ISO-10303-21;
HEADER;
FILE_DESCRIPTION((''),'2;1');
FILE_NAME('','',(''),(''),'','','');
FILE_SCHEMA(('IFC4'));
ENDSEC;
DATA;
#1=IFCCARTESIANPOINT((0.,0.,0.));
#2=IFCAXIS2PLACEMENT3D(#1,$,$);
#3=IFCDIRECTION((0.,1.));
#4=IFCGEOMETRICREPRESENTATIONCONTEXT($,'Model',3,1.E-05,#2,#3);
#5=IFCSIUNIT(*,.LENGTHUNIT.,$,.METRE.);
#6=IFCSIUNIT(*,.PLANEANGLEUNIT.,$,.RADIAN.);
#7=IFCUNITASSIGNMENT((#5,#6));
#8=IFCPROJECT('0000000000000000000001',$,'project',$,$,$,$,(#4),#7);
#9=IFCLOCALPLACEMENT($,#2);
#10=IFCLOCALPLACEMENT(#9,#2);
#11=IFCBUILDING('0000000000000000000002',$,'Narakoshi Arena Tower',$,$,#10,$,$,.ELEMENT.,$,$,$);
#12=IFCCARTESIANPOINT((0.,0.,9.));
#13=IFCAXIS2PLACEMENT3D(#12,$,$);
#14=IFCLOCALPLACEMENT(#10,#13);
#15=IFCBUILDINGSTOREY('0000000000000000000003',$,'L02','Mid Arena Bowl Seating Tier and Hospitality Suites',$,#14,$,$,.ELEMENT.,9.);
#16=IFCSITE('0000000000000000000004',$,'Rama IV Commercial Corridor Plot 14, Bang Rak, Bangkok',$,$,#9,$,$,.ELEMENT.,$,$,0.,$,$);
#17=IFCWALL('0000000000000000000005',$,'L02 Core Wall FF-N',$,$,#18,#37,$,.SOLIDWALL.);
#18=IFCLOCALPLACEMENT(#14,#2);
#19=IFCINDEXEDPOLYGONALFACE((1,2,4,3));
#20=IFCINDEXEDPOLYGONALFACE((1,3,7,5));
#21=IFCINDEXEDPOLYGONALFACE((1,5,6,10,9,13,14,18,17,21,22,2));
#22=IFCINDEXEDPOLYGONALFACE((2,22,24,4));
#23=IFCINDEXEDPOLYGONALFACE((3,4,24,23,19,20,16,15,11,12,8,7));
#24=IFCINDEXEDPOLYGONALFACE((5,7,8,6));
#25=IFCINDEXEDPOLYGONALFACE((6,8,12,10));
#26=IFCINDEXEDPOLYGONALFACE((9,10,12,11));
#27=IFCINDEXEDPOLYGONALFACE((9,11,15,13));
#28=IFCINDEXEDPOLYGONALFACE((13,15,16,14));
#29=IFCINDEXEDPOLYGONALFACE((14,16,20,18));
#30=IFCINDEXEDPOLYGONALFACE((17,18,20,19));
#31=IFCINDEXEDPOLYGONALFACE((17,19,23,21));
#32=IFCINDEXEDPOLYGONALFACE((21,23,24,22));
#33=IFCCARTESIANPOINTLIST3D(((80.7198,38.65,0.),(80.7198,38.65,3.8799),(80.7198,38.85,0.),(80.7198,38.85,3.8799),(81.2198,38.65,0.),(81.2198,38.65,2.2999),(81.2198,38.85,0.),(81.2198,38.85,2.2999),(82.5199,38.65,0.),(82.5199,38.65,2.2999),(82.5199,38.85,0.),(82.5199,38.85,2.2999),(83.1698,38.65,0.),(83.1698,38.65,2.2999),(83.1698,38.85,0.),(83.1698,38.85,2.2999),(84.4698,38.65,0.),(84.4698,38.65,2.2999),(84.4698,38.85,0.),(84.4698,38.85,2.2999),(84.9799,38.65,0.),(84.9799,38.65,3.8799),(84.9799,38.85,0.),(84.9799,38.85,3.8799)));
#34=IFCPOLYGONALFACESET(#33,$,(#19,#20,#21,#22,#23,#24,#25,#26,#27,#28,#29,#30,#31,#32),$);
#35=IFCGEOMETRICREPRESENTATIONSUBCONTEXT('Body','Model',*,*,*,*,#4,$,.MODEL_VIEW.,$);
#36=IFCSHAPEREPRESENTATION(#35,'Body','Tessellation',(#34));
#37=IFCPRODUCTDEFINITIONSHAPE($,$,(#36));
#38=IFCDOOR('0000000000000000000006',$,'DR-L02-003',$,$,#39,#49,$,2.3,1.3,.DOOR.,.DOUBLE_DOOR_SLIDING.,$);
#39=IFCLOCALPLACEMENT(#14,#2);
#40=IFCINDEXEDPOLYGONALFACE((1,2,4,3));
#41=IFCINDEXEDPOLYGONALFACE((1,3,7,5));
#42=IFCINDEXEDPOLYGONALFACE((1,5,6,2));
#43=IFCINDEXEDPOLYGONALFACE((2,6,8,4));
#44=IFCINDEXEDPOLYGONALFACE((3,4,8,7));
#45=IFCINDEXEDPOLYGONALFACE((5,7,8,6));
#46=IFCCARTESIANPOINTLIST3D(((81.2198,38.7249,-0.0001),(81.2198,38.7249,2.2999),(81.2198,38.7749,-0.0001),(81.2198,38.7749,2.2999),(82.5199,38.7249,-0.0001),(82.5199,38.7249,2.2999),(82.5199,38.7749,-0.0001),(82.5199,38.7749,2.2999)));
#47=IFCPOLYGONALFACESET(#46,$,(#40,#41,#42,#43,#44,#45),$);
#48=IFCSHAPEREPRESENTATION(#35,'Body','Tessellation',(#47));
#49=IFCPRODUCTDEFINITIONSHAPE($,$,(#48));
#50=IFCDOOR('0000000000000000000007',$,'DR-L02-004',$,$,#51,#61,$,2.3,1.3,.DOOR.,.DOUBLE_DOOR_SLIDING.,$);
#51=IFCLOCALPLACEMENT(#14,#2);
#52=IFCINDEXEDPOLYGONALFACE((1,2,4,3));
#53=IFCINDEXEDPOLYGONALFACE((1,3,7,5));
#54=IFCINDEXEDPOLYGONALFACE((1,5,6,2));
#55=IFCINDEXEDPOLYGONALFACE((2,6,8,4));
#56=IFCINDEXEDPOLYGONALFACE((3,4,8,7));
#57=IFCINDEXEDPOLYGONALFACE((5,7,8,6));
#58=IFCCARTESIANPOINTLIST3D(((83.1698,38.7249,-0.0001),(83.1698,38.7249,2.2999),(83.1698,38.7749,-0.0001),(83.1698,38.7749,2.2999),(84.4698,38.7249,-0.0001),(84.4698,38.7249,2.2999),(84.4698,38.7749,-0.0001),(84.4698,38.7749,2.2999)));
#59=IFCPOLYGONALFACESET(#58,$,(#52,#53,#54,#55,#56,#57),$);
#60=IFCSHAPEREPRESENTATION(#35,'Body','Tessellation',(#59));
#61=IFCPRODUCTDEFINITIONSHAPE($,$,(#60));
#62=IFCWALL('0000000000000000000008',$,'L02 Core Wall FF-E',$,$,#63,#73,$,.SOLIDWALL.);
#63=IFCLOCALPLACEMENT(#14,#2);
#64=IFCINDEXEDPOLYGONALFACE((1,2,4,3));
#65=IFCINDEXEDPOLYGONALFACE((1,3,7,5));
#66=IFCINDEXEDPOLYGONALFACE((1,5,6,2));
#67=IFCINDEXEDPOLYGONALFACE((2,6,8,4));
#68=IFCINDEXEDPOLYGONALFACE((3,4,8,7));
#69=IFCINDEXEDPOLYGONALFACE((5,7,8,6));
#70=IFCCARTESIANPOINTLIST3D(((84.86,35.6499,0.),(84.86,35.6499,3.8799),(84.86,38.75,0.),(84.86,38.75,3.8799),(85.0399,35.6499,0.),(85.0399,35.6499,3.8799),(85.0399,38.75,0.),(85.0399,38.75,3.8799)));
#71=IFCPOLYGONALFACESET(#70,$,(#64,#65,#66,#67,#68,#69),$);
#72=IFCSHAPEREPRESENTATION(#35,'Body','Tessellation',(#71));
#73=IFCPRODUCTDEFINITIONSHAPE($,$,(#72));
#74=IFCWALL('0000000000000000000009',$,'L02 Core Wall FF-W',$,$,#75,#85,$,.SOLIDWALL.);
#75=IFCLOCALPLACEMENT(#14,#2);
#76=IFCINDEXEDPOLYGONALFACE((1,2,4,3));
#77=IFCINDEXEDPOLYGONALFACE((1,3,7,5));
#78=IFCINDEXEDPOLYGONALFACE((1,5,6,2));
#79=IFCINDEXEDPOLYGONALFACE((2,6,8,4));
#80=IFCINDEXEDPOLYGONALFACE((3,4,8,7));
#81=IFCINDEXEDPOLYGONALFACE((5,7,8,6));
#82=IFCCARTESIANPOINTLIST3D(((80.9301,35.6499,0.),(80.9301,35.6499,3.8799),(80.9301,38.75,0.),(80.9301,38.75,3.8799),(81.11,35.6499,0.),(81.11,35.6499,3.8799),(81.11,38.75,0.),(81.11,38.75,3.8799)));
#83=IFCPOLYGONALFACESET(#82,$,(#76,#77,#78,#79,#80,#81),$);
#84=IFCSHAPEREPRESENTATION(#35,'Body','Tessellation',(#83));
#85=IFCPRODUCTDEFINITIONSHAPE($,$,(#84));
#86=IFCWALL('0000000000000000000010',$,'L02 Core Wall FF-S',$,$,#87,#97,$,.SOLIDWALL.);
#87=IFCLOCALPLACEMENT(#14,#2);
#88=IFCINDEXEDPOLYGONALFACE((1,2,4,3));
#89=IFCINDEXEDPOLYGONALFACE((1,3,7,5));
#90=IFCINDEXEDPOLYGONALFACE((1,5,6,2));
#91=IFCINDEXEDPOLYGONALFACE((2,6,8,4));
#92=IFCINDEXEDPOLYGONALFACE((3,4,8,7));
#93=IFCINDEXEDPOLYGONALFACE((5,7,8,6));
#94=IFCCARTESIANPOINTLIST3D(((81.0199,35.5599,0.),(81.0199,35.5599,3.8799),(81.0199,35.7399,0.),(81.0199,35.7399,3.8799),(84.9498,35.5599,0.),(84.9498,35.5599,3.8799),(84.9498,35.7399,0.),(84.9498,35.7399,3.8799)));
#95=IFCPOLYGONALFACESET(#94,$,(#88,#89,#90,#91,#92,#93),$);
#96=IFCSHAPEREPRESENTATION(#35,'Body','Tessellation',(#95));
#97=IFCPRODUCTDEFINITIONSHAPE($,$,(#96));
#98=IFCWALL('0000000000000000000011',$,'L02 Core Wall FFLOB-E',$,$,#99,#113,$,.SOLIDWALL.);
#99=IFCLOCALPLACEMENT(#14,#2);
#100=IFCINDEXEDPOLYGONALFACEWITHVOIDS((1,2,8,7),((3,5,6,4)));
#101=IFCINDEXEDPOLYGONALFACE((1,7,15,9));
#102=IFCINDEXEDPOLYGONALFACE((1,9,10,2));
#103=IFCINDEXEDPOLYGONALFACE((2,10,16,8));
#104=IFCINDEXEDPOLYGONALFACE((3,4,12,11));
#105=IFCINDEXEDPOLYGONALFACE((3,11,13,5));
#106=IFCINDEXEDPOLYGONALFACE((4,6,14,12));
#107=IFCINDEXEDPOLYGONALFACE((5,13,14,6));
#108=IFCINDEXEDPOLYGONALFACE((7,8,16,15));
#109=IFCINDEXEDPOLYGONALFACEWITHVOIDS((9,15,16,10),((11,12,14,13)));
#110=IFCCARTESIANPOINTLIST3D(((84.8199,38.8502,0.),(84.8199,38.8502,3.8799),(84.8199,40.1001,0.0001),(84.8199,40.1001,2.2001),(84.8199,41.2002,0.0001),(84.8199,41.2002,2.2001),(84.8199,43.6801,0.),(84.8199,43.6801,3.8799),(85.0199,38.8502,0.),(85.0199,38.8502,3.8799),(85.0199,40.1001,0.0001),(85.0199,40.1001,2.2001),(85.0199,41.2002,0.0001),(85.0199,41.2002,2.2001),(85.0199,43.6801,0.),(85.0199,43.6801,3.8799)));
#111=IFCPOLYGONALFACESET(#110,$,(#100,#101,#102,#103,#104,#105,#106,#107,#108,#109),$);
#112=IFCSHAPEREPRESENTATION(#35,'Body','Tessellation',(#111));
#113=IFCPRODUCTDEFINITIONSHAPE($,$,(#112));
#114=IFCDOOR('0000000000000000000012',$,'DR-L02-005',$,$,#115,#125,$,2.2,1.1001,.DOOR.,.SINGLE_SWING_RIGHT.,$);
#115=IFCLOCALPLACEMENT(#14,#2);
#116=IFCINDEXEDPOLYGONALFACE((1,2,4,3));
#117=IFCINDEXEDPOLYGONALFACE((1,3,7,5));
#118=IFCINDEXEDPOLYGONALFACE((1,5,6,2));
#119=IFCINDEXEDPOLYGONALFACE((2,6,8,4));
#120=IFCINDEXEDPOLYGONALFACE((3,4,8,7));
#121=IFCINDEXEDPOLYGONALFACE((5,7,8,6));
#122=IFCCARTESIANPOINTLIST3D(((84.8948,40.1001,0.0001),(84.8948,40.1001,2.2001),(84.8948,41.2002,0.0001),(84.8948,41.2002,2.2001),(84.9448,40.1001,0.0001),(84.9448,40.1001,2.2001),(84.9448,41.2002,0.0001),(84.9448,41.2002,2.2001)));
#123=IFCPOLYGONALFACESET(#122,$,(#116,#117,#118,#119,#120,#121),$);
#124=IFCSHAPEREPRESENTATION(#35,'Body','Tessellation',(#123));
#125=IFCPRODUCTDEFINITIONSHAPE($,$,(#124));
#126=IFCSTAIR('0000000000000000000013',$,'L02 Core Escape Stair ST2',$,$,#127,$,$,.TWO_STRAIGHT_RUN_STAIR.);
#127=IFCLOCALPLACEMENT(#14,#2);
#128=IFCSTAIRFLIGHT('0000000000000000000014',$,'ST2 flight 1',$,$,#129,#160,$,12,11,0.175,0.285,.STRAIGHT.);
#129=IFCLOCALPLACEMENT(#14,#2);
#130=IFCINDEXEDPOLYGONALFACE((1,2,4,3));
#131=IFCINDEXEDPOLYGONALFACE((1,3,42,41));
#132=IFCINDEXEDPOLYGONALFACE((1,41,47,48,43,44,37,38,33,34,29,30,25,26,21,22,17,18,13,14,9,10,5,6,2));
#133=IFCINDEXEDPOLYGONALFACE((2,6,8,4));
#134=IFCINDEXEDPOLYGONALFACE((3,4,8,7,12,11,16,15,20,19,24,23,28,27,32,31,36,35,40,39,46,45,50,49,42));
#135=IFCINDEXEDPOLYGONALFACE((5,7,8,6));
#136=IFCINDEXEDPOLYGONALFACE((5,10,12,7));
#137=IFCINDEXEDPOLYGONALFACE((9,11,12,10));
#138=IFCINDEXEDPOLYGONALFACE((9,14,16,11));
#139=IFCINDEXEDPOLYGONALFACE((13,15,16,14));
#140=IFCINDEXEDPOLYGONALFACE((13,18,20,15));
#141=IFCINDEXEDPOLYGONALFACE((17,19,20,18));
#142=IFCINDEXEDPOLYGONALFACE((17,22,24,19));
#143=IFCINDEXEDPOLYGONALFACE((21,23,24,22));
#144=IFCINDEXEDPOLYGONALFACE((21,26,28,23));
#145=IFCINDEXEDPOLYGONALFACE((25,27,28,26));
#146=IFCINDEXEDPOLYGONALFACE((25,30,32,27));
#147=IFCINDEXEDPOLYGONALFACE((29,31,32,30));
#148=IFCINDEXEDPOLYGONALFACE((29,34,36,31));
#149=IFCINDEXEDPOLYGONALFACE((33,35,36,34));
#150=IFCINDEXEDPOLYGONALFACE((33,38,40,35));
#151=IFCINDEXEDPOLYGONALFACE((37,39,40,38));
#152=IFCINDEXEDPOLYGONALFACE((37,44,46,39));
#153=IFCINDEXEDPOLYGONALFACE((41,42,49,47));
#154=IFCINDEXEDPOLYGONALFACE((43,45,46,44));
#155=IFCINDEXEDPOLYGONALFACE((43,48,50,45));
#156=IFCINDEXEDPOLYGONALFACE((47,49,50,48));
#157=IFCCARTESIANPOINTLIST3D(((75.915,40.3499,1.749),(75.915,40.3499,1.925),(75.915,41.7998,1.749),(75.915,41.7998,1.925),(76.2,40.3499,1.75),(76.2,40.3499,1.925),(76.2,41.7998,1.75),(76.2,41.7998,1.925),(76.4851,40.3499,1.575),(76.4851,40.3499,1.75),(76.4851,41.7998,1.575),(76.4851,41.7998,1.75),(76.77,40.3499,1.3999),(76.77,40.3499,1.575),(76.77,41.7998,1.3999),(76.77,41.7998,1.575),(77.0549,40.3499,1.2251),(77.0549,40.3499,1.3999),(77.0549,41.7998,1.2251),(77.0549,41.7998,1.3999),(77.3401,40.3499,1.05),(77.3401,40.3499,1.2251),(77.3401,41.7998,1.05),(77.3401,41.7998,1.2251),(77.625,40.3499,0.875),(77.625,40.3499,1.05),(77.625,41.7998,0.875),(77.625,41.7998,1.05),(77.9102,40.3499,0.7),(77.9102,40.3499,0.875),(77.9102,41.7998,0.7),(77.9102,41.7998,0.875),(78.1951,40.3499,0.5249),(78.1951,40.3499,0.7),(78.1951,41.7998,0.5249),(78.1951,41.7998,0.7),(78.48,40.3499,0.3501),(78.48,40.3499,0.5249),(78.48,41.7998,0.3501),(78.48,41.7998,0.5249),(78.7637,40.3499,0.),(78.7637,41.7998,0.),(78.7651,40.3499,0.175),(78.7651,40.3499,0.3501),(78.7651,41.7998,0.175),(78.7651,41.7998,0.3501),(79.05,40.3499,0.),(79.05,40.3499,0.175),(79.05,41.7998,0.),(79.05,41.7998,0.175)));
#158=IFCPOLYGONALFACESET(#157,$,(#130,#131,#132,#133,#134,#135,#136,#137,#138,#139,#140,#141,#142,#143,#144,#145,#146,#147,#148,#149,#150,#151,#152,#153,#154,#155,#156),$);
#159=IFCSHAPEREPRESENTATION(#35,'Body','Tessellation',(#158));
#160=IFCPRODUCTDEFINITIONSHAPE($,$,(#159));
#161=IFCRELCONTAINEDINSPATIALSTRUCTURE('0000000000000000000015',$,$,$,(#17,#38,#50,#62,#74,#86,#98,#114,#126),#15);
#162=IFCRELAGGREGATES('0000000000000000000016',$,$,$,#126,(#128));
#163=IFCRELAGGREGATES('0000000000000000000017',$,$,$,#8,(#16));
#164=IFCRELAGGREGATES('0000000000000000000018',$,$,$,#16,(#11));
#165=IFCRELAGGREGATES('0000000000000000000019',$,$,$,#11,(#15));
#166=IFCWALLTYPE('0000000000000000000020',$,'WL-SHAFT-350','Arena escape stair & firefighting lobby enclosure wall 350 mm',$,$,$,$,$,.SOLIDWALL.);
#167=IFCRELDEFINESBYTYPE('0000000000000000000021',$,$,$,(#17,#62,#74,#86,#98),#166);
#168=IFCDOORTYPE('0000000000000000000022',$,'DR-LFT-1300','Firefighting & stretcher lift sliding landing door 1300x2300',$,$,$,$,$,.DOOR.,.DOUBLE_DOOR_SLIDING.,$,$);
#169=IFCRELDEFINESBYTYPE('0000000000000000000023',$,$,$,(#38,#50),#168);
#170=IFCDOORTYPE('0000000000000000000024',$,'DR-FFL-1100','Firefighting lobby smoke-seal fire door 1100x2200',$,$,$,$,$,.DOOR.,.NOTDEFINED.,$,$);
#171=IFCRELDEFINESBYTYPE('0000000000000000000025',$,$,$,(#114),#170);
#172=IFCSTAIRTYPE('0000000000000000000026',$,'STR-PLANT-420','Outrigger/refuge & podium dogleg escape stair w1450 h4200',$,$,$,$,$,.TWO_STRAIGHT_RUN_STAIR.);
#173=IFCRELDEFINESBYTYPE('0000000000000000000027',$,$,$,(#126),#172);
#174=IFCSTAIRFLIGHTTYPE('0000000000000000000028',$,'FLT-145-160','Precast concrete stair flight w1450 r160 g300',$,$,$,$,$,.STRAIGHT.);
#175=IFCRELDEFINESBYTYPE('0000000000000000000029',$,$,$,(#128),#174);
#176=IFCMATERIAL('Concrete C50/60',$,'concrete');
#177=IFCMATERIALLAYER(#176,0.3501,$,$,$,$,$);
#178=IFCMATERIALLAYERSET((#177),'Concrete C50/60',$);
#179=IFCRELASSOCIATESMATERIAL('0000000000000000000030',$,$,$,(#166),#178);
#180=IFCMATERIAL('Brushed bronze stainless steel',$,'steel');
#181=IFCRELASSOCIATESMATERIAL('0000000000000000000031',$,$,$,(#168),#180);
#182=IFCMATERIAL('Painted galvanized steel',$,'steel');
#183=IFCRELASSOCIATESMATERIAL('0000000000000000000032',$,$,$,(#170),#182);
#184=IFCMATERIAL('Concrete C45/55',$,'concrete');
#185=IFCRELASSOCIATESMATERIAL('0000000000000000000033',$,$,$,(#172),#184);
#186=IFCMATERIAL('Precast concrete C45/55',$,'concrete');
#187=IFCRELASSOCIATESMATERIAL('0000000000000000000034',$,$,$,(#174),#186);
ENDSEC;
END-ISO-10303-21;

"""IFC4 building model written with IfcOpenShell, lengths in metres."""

from ifc_helpers import new_model, si_unit, direction, frame, frame_2d, origin, place, context, subcontext, project, spatial, polyline, rectangle, outline, extrude, material, layer, layer_set, type_object, element, fill, aggregate, save


model = new_model("IFC4")

# Units and contexts
model_context = context("Model", 3, precision=1e-05, world=origin(), true_north=direction((0.0, 1.0)))
body_context = subcontext(model_context, "Body", "Model", "MODEL_VIEW")
ifc_project = project(units=[si_unit("LENGTHUNIT", "METRE"), si_unit("PLANEANGLEUNIT", "RADIAN")], contexts=[model_context])

# Site, building, storey
site_placement = place(None, origin())
site = spatial("IfcSite", under=ifc_project, at=site_placement, Name="Rama IV Commercial Corridor Plot 14, Bang Rak, Bangkok", CompositionType="ELEMENT", RefElevation=0.0)
building_placement = place(site_placement, origin())
building = spatial("IfcBuilding", under=site, at=building_placement, Name="Narakoshi Arena Tower", CompositionType="ELEMENT")
storey_placement = place(building_placement, frame((0.0, 0.0, 9.0)))
storey = spatial("IfcBuildingStorey", under=building, at=storey_placement, Name="L02", Description="Mid Arena Bowl Seating Tier and Hospitality Suites", CompositionType="ELEMENT", Elevation=9.0)

# Shared definitions
ifc_material_1 = material(Name="Concrete C50/60", Category="concrete")
ifc_layer_1 = layer(ifc_material_1, 0.3501)
ifc_layer_set_1 = layer_set([ifc_layer_1], Name="Concrete C50/60")
wall_type_1 = type_object("IfcWallType", Name="WL-SHAFT-350", Description="Arena escape stair & firefighting lobby enclosure wall 350 mm", PredefinedType="SOLIDWALL", material=ifc_layer_set_1)

# Shared definitions
ifc_material_2 = material(Name="Painted galvanized steel", Category="steel")

# Wall, openings, doors
wall_1_placement = place(storey_placement, frame((80.72, 38.75, 0.0), z_axis=(0.0, 0.0, 1.0), x_axis=(1.0, 0.0, 0.0)))
wall_1 = element("IfcWall", 1, at=wall_1_placement, inside=storey, type_object=wall_type_1, Name="L02 Core Wall FF-N", PredefinedType="SOLIDWALL", context=body_context, shape_type="SweptSolid", body=[
    extrude(rectangle(XDim=4.26, YDim=0.2, at=frame_2d((2.1299, 0.0))), origin(), (0.0, 0.0, 1.0), 3.8799),
])
opening_1_placement = place(wall_1_placement, frame((0.5, 0.0, 0.0)))
opening_1 = element("IfcOpeningElement", 2, at=opening_1_placement, cuts=wall_1, PredefinedType="OPENING", context=body_context, shape_type="SweptSolid", body=[
    extrude(rectangle(XDim=1.3, YDim=2.3, at=frame_2d((0.6499, 1.1499))), frame((0.0, 0.1099, 0.0), z_axis=(0.0, -1.0, 0.0), x_axis=(1.0, 0.0, 0.0)), (0.0, 0.0, 1.0), 0.22),
])
opening_2_placement = place(wall_1_placement, frame((2.45, 0.0, 0.0)))
opening_2 = element("IfcOpeningElement", 3, at=opening_2_placement, cuts=wall_1, PredefinedType="OPENING", context=body_context, shape_type="SweptSolid", body=[
    extrude(rectangle(XDim=1.3, YDim=2.3, at=frame_2d((0.6499, 1.1499))), frame((0.0, 0.1099, 0.0), z_axis=(0.0, -1.0, 0.0), x_axis=(1.0, 0.0, 0.0)), (0.0, 0.0, 1.0), 0.22),
])
ifc_material_3 = material(Name="Brushed bronze stainless steel", Category="steel")
door_type_1 = type_object("IfcDoorType", Name="DR-LFT-1300", Description="Firefighting & stretcher lift sliding landing door 1300x2300", OperationType="DOUBLE_DOOR_SLIDING", PredefinedType="DOOR", material=ifc_material_3)
door_1_placement = place(opening_1_placement, origin())
door_1 = element("IfcDoor", 4, at=door_1_placement, inside=storey, type_object=door_type_1, Name="DR-L02-003", OperationType="DOUBLE_DOOR_SLIDING", OverallHeight=2.3, OverallWidth=1.3, PredefinedType="DOOR", context=body_context, shape_type="SweptSolid", body=[
    extrude(rectangle(XDim=1.3, YDim=2.3, at=frame_2d((0.6499, 1.1499))), frame((0.0, 0.0249, 0.0), z_axis=(0.0, -1.0, 0.0), x_axis=(1.0, 0.0, 0.0)), (0.0, 0.0, 1.0), 0.05),
])
fill(opening_1, door_1)
door_2_placement = place(opening_2_placement, origin())
door_2 = element("IfcDoor", 5, at=door_2_placement, inside=storey, type_object=door_type_1, Name="DR-L02-004", OperationType="DOUBLE_DOOR_SLIDING", OverallHeight=2.3, OverallWidth=1.3, PredefinedType="DOOR", context=body_context, shape_type="SweptSolid", body=[
    extrude(rectangle(XDim=1.3, YDim=2.3, at=frame_2d((0.6499, 1.1499))), frame((0.0, 0.0249, 0.0), z_axis=(0.0, -1.0, 0.0), x_axis=(1.0, 0.0, 0.0)), (0.0, 0.0, 1.0), 0.05),
])
fill(opening_2, door_2)

# Walls
for number, where, z_axis, x_axis, name in (
    (6, (84.95, 35.6499, 0.0), (0.0, 0.0, 1.0), (0.0, 1.0, 0.0), "L02 Core Wall FF-E"),
    (7, (81.02, 35.6499, 0.0), (0.0, 0.0, 1.0), (0.0, 1.0, 0.0), "L02 Core Wall FF-W"),
):
    element("IfcWall", number, at=place(storey_placement, frame(where, z_axis=z_axis, x_axis=x_axis)), inside=storey, type_object=wall_type_1, Name=name, PredefinedType="SOLIDWALL", context=body_context, shape_type="SweptSolid", body=[
        extrude(rectangle(XDim=3.1001, YDim=0.1799, at=frame_2d((1.55, 0.0))), origin(), (0.0, 0.0, 1.0), 3.8799),
    ])
wall_2_placement = place(storey_placement, frame((81.02, 35.6499, 0.0), z_axis=(0.0, 0.0, 1.0), x_axis=(1.0, 0.0, 0.0)))
element("IfcWall", 8, at=wall_2_placement, inside=storey, type_object=wall_type_1, Name="L02 Core Wall FF-S", PredefinedType="SOLIDWALL", context=body_context, shape_type="SweptSolid", body=[
    extrude(rectangle(XDim=3.9299, YDim=0.1799, at=frame_2d((1.9648, 0.0))), origin(), (0.0, 0.0, 1.0), 3.8799),
])

# Wall, opening, door
wall_3_placement = place(storey_placement, frame((84.9199, 38.8501, 0.0), z_axis=(0.0, 0.0, 1.0), x_axis=(0.0, 1.0, 0.0)))
wall_3 = element("IfcWall", 9, at=wall_3_placement, inside=storey, type_object=wall_type_1, Name="L02 Core Wall FFLOB-E", PredefinedType="SOLIDWALL", context=body_context, shape_type="SweptSolid", body=[
    extrude(rectangle(XDim=4.8298, YDim=0.2, at=frame_2d((2.415, 0.0))), origin(), (0.0, 0.0, 1.0), 3.8799),
])
opening_3_placement = place(wall_3_placement, frame((1.25, 0.0, 0.0)))
opening_3 = element("IfcOpeningElement", 10, at=opening_3_placement, cuts=wall_3, PredefinedType="OPENING", context=body_context, shape_type="SweptSolid", body=[
    extrude(rectangle(XDim=1.1001, YDim=2.2, at=frame_2d((0.55, 1.1001))), frame((0.0, 0.1099, 0.0), z_axis=(0.0, -1.0, 0.0), x_axis=(1.0, 0.0, 0.0)), (0.0, 0.0, 1.0), 0.22),
])
door_type_2 = type_object("IfcDoorType", Name="DR-FFL-1100", Description="Firefighting lobby smoke-seal fire door 1100x2200", OperationType="NOTDEFINED", PredefinedType="DOOR", material=ifc_material_2)
door_3_placement = place(opening_3_placement, frame((1.1001, 0.0, 0.0), z_axis=(0.0, 0.0, 1.0), x_axis=(-1.0, 0.0, 0.0)))
door_3 = element("IfcDoor", 11, at=door_3_placement, inside=storey, type_object=door_type_2, Name="DR-L02-005", OperationType="SINGLE_SWING_RIGHT", OverallHeight=2.2, OverallWidth=1.1001, PredefinedType="DOOR", context=body_context, shape_type="SweptSolid", body=[
    extrude(rectangle(XDim=1.1001, YDim=2.2, at=frame_2d((0.55, 1.1001))), frame((0.0, 0.0249, 0.0), z_axis=(0.0, -1.0, 0.0), x_axis=(1.0, 0.0, 0.0)), (0.0, 0.0, 1.0), 0.05),
])
fill(opening_3, door_3)

# Stair, stair flight
ifc_material_4 = material(Name="Concrete C45/55", Category="concrete")
stair_type = type_object("IfcStairType", Name="STR-PLANT-420", Description="Outrigger/refuge & podium dogleg escape stair w1450 h4200", PredefinedType="TWO_STRAIGHT_RUN_STAIR", material=ifc_material_4)
stair_placement = place(storey_placement, origin())
stair = element("IfcStair", 12, at=stair_placement, inside=storey, type_object=stair_type, Name="L02 Core Escape Stair ST2", PredefinedType="TWO_STRAIGHT_RUN_STAIR")
ifc_material_5 = material(Name="Precast concrete C45/55", Category="concrete")
stair_flight_type = type_object("IfcStairFlightType", Name="FLT-145-160", Description="Precast concrete stair flight w1450 r160 g300", PredefinedType="STRAIGHT", material=ifc_material_5)
stair_flight_placement = place(storey_placement, frame((79.05, 41.075, 0.0), z_axis=(0.0, 0.0, 1.0), x_axis=(-1.0, 0.0, 0.0)))
stair_flight = element("IfcStairFlight", 13, at=stair_flight_placement, type_object=stair_flight_type, Name="ST2 flight 1", NumberOfRisers=12, NumberOfTreads=11, PredefinedType="STRAIGHT", RiserHeight=0.175, TreadLength=0.285, context=body_context, shape_type="SweptSolid", body=[
    extrude(outline(polyline([(0.0, 0.0), (0.0, 0.175), (0.2849, 0.175), (0.2849, 0.3501), (0.5701, 0.3501), (0.5701, 0.5249), (0.855, 0.5249), (0.855, 0.7), (1.1399, 0.7), (1.1399, 0.875), (1.425, 0.875), (1.425, 1.05), (1.71, 1.05), (1.71, 1.2251), (1.9951, 1.2251), (1.9951, 1.3999), (2.28, 1.3999), (2.28, 1.575), (2.5649, 1.575), (2.5649, 1.75), (2.8501, 1.75), (2.8501, 1.925), (3.135, 1.925), (3.135, 2.1001), (3.135, 1.749), (0.2864, 0.0), (0.0, 0.0)])), frame((0.0, 0.7251, 0.0), z_axis=(0.0, -1.0, 0.0), x_axis=(1.0, 0.0, 0.0)), (0.0, 0.0, 1.0), 1.45),
])
aggregate(stair, [stair_flight])

save(model, "model.ifc")
